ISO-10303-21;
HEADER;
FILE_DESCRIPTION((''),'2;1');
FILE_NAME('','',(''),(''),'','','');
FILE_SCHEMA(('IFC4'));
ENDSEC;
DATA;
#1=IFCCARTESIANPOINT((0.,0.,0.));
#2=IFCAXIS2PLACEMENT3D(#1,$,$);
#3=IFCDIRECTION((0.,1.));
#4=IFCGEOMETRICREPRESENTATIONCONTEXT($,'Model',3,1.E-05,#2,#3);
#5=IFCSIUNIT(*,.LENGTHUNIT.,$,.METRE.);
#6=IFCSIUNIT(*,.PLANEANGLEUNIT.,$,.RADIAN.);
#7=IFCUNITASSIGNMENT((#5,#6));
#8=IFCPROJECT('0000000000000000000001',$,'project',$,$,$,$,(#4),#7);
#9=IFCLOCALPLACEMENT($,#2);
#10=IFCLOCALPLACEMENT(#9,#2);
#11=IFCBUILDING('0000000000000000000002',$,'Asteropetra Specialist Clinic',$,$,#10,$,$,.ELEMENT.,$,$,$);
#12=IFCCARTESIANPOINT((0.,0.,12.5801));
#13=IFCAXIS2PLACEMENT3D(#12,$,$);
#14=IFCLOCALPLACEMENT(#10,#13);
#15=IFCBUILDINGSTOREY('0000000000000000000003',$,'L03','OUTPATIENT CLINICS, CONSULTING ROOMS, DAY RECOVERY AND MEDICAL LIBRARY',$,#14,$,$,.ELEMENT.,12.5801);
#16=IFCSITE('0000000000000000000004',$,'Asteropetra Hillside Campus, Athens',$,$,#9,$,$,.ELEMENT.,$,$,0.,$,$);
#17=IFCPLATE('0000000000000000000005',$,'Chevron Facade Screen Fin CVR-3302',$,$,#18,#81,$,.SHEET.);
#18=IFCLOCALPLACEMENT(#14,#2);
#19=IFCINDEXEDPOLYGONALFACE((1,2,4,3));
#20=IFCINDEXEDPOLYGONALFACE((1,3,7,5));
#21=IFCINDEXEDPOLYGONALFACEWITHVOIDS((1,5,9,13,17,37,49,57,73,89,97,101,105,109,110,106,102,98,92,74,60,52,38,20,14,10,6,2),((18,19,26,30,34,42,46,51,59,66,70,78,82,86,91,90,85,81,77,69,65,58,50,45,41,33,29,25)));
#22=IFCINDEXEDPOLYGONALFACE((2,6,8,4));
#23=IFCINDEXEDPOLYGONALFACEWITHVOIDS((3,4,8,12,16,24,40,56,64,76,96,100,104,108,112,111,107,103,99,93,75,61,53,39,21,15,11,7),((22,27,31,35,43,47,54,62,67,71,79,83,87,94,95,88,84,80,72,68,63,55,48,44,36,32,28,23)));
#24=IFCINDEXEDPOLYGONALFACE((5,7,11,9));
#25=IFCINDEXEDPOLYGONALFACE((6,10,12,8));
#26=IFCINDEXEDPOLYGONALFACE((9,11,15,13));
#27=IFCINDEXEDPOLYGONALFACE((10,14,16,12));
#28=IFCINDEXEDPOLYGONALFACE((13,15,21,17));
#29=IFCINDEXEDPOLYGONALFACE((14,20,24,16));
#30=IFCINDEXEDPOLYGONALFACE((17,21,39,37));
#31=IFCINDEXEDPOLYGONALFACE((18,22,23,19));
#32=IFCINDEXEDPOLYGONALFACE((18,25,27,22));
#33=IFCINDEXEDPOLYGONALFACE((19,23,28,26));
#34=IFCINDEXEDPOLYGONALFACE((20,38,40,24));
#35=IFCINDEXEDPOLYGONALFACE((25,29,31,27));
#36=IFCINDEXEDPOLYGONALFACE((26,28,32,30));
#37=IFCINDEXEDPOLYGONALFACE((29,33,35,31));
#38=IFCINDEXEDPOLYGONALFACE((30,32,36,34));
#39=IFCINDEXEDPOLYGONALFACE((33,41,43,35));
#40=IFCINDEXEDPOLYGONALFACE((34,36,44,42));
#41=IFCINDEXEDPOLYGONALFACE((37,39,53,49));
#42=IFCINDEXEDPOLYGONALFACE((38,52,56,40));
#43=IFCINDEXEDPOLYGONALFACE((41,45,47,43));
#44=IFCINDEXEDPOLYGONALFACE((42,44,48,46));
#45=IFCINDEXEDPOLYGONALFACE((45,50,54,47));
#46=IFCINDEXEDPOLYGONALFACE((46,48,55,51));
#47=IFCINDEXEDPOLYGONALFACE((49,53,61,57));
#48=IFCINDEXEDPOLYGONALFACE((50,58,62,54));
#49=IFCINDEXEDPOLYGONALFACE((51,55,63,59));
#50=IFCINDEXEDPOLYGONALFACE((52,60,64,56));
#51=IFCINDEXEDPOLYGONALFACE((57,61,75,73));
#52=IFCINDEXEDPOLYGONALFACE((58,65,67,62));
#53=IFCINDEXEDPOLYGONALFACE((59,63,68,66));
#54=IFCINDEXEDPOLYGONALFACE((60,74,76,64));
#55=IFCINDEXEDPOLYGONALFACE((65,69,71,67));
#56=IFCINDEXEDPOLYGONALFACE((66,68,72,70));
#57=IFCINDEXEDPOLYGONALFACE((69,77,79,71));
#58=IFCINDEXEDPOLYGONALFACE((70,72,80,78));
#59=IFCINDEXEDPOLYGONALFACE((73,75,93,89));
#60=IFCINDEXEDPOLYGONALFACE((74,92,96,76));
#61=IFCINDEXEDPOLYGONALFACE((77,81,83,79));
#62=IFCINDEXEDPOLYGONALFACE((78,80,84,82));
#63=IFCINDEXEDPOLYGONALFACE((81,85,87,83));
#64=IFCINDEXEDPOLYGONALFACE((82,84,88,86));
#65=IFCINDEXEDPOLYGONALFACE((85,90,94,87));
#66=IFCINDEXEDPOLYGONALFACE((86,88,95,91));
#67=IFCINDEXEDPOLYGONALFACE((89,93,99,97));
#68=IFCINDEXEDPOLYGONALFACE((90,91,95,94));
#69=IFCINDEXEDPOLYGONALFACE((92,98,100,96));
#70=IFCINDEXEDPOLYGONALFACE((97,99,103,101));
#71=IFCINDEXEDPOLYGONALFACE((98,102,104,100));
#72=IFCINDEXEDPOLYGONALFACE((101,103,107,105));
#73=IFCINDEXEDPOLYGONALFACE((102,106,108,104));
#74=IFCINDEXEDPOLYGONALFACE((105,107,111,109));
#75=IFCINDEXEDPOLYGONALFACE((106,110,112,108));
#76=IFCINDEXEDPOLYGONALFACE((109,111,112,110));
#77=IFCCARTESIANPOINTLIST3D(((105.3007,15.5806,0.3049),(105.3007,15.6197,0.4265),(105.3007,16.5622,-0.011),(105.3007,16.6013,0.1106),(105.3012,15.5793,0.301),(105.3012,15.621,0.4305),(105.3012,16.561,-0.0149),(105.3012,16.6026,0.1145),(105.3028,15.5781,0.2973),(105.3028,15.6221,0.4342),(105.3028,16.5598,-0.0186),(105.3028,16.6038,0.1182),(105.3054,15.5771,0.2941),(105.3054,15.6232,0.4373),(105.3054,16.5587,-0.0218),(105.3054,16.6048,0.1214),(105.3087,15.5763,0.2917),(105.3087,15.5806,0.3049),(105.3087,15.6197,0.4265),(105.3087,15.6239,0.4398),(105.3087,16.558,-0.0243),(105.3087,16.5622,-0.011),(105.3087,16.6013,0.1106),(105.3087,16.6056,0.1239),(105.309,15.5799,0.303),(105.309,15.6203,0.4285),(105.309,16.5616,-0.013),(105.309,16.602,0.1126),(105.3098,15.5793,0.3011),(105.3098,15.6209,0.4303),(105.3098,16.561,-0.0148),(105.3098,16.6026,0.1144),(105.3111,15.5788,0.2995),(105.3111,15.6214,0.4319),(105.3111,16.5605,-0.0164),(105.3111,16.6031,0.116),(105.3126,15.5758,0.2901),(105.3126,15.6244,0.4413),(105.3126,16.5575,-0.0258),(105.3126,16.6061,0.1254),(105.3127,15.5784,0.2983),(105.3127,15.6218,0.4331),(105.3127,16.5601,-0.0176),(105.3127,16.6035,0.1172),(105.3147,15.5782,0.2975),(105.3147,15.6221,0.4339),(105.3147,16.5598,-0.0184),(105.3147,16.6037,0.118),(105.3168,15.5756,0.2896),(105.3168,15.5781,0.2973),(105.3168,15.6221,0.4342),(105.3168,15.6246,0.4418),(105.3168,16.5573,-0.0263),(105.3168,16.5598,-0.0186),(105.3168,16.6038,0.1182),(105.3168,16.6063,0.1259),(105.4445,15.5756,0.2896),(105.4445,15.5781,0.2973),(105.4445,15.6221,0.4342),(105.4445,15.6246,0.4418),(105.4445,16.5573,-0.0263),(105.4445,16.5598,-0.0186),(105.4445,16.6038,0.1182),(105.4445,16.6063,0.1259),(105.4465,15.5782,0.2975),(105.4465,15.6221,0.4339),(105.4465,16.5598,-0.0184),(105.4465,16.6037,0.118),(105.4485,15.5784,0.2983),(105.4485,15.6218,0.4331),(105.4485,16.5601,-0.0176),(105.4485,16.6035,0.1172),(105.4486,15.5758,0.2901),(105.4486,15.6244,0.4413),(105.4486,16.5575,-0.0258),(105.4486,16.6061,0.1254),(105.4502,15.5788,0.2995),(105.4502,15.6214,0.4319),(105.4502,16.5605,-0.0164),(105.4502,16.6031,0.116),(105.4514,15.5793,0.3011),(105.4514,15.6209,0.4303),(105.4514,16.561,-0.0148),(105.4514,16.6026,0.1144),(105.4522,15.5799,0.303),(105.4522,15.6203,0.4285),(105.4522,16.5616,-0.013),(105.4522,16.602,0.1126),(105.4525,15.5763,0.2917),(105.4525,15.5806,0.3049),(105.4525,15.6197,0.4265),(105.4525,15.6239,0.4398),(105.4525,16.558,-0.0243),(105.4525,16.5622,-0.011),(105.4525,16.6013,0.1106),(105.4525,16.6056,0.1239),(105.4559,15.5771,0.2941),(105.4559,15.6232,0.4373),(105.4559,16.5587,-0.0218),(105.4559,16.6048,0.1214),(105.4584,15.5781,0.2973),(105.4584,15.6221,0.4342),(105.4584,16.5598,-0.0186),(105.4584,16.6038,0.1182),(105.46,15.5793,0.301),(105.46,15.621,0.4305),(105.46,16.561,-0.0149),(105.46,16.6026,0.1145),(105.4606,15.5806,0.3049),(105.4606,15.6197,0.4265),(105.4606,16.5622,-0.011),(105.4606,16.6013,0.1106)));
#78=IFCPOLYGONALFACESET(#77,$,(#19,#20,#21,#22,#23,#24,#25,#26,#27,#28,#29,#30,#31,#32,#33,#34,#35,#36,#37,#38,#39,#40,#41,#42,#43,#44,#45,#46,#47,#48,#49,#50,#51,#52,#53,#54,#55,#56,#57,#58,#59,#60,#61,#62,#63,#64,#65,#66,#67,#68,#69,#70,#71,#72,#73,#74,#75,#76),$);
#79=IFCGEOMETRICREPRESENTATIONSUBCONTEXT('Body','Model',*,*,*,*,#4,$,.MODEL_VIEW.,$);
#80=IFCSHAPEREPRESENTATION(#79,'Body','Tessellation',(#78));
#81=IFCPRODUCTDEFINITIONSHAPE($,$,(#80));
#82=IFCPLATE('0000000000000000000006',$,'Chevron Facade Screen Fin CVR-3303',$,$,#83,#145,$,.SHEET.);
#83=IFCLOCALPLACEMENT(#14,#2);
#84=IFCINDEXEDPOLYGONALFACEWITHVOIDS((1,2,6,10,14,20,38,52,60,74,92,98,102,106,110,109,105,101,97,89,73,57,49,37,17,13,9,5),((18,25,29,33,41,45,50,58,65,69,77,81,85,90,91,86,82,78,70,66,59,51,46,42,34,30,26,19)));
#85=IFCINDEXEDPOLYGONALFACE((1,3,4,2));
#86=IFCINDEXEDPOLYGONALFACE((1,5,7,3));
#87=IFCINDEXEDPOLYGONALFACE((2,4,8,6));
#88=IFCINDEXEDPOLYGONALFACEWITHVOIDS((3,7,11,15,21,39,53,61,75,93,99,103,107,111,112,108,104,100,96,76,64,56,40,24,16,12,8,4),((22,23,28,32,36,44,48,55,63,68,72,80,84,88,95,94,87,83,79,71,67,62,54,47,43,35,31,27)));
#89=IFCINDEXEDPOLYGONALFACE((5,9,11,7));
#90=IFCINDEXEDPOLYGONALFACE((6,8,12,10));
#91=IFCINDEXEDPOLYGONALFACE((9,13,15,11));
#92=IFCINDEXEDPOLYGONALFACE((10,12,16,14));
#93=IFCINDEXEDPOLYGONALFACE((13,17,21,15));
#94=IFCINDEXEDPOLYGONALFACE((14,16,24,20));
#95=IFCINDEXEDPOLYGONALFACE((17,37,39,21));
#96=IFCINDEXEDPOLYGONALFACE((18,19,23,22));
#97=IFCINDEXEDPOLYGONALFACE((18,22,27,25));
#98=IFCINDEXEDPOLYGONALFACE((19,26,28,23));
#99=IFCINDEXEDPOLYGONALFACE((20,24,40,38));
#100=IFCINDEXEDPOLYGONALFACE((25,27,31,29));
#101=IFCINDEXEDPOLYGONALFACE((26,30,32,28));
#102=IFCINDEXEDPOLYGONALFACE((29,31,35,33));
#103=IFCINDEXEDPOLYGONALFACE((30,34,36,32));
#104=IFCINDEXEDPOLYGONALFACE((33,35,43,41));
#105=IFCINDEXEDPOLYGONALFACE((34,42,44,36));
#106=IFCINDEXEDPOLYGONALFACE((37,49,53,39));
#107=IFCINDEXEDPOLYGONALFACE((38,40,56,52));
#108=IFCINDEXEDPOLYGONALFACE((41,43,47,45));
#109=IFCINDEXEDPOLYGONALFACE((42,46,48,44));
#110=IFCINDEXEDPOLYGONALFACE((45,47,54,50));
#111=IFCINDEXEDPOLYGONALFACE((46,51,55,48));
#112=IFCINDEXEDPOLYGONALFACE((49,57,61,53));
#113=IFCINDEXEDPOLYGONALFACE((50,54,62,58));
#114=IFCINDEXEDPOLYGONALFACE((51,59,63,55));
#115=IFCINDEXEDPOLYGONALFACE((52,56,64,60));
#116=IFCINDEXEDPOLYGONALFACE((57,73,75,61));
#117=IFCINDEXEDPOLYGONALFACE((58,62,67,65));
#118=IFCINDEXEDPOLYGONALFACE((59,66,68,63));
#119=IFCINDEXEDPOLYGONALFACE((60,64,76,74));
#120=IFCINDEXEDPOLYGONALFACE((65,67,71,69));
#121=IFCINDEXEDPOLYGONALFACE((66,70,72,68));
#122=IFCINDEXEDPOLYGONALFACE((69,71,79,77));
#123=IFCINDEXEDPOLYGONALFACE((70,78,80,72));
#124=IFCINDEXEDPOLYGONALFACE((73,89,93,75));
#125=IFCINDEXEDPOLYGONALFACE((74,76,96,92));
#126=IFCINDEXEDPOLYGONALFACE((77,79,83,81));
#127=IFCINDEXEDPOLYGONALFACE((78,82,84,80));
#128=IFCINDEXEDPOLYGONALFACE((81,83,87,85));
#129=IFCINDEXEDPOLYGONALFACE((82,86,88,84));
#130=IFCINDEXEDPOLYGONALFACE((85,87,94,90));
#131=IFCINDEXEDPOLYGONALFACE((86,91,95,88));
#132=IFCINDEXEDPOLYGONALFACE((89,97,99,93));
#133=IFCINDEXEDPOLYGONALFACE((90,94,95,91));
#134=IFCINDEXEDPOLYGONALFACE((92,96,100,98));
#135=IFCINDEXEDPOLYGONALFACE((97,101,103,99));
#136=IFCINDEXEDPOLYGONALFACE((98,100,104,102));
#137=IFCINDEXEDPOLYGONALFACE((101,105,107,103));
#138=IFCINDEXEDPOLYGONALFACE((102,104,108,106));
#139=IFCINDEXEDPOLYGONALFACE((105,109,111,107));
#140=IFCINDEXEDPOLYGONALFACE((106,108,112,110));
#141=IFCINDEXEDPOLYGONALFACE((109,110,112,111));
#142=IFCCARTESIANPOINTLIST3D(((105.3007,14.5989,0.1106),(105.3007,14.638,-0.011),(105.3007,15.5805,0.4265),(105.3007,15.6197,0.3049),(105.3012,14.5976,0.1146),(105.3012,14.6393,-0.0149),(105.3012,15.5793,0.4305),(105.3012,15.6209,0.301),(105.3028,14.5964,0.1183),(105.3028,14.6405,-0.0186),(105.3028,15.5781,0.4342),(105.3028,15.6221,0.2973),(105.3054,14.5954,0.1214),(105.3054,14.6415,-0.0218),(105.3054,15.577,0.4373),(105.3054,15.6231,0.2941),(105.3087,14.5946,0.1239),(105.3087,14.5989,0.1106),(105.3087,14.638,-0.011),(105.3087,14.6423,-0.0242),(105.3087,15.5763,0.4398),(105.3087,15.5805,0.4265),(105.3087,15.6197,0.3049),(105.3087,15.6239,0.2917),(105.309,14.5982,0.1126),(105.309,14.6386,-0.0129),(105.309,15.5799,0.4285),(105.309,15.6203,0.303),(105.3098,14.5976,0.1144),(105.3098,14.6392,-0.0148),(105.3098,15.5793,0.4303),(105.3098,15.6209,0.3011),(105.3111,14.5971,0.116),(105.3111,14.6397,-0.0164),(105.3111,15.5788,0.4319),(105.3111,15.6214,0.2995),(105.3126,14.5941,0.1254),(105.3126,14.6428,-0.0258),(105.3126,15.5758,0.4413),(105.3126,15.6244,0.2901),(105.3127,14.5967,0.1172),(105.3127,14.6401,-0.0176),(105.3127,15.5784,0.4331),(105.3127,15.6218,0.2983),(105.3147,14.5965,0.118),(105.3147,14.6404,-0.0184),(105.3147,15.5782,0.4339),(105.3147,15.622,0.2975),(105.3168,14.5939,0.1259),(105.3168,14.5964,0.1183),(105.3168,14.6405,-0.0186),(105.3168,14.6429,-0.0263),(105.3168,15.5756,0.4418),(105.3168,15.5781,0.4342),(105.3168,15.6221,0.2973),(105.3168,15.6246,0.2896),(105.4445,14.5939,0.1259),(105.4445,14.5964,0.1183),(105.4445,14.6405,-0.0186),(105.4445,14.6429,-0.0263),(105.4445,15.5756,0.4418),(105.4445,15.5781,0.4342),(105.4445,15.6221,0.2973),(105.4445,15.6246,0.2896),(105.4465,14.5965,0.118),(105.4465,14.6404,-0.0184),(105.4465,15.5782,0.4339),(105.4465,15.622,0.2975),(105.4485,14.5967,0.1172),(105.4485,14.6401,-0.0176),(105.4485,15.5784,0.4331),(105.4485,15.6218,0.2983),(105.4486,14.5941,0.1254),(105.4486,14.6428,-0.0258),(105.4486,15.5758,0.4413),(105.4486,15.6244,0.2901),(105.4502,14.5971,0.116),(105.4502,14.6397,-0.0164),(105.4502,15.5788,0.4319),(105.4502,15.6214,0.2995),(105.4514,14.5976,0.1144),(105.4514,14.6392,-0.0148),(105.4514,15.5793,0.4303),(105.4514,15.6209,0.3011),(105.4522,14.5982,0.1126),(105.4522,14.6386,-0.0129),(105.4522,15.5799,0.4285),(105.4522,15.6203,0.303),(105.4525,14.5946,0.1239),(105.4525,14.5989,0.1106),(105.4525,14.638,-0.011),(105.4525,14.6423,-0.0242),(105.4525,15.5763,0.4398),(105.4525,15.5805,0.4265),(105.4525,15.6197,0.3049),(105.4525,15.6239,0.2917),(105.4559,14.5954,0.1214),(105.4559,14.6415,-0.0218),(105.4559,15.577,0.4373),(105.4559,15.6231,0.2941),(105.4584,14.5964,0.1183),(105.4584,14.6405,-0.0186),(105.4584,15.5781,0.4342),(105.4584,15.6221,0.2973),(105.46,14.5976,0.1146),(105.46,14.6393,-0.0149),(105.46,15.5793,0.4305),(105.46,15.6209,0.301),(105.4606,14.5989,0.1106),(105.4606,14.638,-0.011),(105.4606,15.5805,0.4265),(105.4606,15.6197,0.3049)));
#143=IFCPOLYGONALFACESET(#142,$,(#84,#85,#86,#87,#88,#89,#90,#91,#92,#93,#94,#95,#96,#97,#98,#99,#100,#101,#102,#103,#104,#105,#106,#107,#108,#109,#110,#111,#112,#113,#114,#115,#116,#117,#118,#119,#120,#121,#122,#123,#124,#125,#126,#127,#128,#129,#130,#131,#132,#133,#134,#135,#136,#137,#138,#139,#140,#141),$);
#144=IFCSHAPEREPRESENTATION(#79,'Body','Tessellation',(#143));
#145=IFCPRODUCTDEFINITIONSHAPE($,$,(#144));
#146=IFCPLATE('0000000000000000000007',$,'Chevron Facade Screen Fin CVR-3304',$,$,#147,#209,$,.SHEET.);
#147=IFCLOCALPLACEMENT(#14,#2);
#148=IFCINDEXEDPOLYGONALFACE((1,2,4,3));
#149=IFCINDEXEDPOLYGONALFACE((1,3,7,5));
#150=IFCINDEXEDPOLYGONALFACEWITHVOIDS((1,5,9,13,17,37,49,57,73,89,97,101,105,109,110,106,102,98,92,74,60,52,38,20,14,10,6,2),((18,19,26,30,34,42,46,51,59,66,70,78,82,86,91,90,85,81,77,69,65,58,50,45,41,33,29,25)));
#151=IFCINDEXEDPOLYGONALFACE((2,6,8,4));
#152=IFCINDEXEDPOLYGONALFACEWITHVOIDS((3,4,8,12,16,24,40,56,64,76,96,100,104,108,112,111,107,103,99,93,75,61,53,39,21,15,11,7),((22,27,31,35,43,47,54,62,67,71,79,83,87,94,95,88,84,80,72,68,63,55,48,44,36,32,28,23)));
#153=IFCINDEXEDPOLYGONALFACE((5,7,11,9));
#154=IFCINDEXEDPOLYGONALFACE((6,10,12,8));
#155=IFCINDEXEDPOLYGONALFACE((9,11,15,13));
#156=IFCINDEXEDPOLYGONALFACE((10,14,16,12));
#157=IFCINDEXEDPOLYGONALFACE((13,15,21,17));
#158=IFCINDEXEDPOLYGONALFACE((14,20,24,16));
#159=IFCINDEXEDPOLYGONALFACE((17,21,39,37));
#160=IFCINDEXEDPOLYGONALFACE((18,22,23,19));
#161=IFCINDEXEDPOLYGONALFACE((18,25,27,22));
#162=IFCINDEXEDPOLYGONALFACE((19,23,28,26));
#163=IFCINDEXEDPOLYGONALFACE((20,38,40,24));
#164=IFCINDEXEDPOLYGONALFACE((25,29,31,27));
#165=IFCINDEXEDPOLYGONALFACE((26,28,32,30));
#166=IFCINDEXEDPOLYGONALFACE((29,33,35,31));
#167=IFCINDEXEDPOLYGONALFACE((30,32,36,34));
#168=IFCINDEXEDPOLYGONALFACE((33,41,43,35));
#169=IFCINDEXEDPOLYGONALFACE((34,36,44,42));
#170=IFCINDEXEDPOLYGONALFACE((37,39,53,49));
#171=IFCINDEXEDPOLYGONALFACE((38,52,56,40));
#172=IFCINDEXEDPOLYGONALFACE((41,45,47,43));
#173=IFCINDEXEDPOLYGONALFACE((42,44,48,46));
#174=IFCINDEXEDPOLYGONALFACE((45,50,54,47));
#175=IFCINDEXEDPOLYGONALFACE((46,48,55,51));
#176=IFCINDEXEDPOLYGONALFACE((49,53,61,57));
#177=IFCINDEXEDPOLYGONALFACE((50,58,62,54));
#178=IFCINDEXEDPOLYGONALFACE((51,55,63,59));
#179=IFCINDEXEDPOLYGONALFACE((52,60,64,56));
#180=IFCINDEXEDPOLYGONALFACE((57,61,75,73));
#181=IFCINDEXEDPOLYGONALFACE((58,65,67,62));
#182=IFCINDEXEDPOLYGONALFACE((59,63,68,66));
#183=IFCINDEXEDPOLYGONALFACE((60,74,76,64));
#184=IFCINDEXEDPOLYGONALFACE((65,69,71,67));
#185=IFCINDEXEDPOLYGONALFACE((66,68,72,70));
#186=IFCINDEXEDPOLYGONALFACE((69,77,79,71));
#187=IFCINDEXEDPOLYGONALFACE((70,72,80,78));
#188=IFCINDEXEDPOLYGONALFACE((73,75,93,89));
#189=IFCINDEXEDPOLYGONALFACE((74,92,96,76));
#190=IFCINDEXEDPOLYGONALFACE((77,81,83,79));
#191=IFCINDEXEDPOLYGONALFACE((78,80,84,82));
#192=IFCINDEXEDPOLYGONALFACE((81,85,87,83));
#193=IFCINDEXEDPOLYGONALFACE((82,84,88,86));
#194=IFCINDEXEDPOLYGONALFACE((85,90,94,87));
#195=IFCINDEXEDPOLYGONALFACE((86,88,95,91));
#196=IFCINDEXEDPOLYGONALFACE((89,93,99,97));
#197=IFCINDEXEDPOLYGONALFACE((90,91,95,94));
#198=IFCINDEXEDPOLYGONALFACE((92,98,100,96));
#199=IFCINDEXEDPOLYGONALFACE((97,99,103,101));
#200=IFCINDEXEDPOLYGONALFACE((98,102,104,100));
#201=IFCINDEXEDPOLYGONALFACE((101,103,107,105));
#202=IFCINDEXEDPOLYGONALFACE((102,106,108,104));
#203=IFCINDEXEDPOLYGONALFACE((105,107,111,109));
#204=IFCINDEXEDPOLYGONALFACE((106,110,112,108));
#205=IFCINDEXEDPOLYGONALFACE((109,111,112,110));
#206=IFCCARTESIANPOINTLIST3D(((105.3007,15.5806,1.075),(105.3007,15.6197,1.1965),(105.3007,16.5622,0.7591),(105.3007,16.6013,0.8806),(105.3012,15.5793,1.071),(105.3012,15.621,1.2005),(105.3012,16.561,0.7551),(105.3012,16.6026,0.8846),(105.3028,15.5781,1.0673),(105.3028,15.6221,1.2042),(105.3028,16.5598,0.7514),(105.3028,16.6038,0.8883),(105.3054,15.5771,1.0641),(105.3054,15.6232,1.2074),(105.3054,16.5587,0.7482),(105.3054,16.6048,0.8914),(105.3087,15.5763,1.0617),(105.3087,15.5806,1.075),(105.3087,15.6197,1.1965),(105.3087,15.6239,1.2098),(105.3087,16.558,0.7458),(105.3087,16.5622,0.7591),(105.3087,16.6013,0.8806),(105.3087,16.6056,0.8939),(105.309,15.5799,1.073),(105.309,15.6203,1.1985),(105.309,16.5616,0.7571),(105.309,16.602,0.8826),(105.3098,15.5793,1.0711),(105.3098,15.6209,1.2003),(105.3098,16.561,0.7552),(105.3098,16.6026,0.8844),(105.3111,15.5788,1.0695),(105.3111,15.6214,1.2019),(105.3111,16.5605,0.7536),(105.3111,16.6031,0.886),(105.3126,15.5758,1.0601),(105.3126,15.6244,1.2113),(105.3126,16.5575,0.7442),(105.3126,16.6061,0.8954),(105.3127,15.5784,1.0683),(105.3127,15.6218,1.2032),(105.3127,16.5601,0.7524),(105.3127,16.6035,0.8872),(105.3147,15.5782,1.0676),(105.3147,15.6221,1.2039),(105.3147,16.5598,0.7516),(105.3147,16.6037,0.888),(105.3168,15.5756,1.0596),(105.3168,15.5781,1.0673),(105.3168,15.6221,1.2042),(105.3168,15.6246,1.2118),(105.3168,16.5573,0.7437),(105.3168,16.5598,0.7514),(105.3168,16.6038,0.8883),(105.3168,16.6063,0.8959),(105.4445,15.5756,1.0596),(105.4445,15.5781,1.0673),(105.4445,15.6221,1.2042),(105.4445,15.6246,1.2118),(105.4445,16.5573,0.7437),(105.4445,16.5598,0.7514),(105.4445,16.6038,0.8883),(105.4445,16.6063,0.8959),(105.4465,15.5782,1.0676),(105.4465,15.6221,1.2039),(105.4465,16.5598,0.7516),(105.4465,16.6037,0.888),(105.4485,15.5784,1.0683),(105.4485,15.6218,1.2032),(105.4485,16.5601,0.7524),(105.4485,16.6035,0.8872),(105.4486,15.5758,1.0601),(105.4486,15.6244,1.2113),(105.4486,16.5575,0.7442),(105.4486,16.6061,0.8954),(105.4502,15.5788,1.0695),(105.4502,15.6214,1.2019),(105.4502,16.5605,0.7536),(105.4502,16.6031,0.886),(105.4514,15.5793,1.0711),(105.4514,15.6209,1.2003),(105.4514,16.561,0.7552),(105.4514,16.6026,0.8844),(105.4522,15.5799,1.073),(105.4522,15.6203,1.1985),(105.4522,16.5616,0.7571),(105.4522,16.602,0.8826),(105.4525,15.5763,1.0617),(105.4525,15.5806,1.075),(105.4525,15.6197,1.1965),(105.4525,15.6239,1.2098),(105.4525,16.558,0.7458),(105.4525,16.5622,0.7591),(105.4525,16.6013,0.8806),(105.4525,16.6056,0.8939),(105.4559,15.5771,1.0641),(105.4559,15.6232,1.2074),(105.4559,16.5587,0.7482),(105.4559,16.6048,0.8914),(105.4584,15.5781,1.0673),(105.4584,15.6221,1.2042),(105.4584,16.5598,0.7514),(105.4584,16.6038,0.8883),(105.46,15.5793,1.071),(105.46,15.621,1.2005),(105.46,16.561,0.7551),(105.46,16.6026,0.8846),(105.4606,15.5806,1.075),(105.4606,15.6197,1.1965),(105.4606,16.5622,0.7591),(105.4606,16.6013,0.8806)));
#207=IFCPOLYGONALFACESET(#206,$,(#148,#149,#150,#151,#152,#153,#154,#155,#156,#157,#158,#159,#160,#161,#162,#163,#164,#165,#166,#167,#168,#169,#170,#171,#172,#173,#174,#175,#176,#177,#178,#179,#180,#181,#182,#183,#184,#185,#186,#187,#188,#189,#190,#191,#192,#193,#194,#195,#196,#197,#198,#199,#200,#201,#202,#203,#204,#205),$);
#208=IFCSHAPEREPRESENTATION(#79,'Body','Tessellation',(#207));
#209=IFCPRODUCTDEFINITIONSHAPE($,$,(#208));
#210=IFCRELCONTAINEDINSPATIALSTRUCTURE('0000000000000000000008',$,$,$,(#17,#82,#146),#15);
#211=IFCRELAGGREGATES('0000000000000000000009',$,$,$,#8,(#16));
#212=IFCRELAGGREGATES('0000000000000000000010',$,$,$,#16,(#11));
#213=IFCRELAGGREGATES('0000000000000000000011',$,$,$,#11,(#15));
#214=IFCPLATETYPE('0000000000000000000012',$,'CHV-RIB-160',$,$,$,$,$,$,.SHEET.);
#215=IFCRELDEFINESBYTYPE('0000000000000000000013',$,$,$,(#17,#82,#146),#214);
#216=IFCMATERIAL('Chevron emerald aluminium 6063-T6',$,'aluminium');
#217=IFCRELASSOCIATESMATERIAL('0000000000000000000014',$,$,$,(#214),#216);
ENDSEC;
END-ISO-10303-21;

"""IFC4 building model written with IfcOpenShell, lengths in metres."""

from ifc_helpers import new_model, si_unit, direction, frame, origin, origin_2d, place, context, subcontext, project, spatial, hollow_rectangle, extrude, material, material_profile, profile_set, type_object, element, save


model = new_model("IFC4")

# Units and contexts
model_context = context("Model", 3, precision=1e-05, world=origin(), true_north=direction((0.0, 1.0)))
body_context = subcontext(model_context, "Body", "Model", "MODEL_VIEW")
ifc_project = project(units=[si_unit("LENGTHUNIT", "METRE"), si_unit("PLANEANGLEUNIT", "RADIAN")], contexts=[model_context])

# Site, building, storey
site_placement = place(None, origin())
site = spatial("IfcSite", under=ifc_project, at=site_placement, Name="Asteropetra Hillside Campus, Athens", CompositionType="ELEMENT", RefElevation=0.0)
building_placement = place(site_placement, origin())
building = spatial("IfcBuilding", under=site, at=building_placement, Name="Asteropetra Specialist Clinic", CompositionType="ELEMENT")
storey_placement = place(building_placement, frame((0.0, 0.0, 12.5801)))
storey = spatial("IfcBuildingStorey", under=building, at=storey_placement, Name="L03", Description="OUTPATIENT CLINICS, CONSULTING ROOMS, DAY RECOVERY AND MEDICAL LIBRARY", CompositionType="ELEMENT", Elevation=12.5801)

# Plates
ifc_material_1 = material(Name="Chevron emerald aluminium 6063-T6", Category="aluminium")
ifc_material_profile = material_profile(ifc_material_1, hollow_rectangle(XDim=0.1599, YDim=0.1599, WallThickness=0.0081, InnerFilletRadius=0.0081, OuterFilletRadius=0.0161, at=origin_2d()), Name="SHS 160x160x8.0")
ifc_profile_set = profile_set([ifc_material_profile], Name="Chevron emerald aluminium 6063-T6")
plate_type_1 = type_object("IfcPlateType", Name="CHV-RIB-160", PredefinedType="SHEET", material=ifc_profile_set)
for number, where, z_axis, x_axis, name in (
    (1, (105.3806, 16.5818, 0.0498), (0.0, -0.951923, 0.306339), (1.0, 0.0, 0.0), "Chevron Facade Screen Fin CVR-3302"),
    (2, (105.3806, 15.6001, 0.3657), (0.0, -0.951923, -0.306339), (1.0, 0.0, 0.0), "Chevron Facade Screen Fin CVR-3303"),
    (3, (105.3806, 16.5818, 0.8198), (0.0, -0.951923, 0.306339), (1.0, 0.0, 0.0), "Chevron Facade Screen Fin CVR-3304"),
):
    element("IfcPlate", number, at=place(storey_placement, frame(where, z_axis=z_axis, x_axis=x_axis)), inside=storey, type_object=plate_type_1, Name=name, PredefinedType="SHEET", context=body_context, shape_type="SweptSolid", body=[
        extrude(hollow_rectangle(XDim=0.1599, YDim=0.1599, WallThickness=0.0081, InnerFilletRadius=0.0081, OuterFilletRadius=0.0161, at=origin_2d()), origin(), (0.0, 0.0, 1.0), 1.0312),
    ])

save(model, "model.ifc")
